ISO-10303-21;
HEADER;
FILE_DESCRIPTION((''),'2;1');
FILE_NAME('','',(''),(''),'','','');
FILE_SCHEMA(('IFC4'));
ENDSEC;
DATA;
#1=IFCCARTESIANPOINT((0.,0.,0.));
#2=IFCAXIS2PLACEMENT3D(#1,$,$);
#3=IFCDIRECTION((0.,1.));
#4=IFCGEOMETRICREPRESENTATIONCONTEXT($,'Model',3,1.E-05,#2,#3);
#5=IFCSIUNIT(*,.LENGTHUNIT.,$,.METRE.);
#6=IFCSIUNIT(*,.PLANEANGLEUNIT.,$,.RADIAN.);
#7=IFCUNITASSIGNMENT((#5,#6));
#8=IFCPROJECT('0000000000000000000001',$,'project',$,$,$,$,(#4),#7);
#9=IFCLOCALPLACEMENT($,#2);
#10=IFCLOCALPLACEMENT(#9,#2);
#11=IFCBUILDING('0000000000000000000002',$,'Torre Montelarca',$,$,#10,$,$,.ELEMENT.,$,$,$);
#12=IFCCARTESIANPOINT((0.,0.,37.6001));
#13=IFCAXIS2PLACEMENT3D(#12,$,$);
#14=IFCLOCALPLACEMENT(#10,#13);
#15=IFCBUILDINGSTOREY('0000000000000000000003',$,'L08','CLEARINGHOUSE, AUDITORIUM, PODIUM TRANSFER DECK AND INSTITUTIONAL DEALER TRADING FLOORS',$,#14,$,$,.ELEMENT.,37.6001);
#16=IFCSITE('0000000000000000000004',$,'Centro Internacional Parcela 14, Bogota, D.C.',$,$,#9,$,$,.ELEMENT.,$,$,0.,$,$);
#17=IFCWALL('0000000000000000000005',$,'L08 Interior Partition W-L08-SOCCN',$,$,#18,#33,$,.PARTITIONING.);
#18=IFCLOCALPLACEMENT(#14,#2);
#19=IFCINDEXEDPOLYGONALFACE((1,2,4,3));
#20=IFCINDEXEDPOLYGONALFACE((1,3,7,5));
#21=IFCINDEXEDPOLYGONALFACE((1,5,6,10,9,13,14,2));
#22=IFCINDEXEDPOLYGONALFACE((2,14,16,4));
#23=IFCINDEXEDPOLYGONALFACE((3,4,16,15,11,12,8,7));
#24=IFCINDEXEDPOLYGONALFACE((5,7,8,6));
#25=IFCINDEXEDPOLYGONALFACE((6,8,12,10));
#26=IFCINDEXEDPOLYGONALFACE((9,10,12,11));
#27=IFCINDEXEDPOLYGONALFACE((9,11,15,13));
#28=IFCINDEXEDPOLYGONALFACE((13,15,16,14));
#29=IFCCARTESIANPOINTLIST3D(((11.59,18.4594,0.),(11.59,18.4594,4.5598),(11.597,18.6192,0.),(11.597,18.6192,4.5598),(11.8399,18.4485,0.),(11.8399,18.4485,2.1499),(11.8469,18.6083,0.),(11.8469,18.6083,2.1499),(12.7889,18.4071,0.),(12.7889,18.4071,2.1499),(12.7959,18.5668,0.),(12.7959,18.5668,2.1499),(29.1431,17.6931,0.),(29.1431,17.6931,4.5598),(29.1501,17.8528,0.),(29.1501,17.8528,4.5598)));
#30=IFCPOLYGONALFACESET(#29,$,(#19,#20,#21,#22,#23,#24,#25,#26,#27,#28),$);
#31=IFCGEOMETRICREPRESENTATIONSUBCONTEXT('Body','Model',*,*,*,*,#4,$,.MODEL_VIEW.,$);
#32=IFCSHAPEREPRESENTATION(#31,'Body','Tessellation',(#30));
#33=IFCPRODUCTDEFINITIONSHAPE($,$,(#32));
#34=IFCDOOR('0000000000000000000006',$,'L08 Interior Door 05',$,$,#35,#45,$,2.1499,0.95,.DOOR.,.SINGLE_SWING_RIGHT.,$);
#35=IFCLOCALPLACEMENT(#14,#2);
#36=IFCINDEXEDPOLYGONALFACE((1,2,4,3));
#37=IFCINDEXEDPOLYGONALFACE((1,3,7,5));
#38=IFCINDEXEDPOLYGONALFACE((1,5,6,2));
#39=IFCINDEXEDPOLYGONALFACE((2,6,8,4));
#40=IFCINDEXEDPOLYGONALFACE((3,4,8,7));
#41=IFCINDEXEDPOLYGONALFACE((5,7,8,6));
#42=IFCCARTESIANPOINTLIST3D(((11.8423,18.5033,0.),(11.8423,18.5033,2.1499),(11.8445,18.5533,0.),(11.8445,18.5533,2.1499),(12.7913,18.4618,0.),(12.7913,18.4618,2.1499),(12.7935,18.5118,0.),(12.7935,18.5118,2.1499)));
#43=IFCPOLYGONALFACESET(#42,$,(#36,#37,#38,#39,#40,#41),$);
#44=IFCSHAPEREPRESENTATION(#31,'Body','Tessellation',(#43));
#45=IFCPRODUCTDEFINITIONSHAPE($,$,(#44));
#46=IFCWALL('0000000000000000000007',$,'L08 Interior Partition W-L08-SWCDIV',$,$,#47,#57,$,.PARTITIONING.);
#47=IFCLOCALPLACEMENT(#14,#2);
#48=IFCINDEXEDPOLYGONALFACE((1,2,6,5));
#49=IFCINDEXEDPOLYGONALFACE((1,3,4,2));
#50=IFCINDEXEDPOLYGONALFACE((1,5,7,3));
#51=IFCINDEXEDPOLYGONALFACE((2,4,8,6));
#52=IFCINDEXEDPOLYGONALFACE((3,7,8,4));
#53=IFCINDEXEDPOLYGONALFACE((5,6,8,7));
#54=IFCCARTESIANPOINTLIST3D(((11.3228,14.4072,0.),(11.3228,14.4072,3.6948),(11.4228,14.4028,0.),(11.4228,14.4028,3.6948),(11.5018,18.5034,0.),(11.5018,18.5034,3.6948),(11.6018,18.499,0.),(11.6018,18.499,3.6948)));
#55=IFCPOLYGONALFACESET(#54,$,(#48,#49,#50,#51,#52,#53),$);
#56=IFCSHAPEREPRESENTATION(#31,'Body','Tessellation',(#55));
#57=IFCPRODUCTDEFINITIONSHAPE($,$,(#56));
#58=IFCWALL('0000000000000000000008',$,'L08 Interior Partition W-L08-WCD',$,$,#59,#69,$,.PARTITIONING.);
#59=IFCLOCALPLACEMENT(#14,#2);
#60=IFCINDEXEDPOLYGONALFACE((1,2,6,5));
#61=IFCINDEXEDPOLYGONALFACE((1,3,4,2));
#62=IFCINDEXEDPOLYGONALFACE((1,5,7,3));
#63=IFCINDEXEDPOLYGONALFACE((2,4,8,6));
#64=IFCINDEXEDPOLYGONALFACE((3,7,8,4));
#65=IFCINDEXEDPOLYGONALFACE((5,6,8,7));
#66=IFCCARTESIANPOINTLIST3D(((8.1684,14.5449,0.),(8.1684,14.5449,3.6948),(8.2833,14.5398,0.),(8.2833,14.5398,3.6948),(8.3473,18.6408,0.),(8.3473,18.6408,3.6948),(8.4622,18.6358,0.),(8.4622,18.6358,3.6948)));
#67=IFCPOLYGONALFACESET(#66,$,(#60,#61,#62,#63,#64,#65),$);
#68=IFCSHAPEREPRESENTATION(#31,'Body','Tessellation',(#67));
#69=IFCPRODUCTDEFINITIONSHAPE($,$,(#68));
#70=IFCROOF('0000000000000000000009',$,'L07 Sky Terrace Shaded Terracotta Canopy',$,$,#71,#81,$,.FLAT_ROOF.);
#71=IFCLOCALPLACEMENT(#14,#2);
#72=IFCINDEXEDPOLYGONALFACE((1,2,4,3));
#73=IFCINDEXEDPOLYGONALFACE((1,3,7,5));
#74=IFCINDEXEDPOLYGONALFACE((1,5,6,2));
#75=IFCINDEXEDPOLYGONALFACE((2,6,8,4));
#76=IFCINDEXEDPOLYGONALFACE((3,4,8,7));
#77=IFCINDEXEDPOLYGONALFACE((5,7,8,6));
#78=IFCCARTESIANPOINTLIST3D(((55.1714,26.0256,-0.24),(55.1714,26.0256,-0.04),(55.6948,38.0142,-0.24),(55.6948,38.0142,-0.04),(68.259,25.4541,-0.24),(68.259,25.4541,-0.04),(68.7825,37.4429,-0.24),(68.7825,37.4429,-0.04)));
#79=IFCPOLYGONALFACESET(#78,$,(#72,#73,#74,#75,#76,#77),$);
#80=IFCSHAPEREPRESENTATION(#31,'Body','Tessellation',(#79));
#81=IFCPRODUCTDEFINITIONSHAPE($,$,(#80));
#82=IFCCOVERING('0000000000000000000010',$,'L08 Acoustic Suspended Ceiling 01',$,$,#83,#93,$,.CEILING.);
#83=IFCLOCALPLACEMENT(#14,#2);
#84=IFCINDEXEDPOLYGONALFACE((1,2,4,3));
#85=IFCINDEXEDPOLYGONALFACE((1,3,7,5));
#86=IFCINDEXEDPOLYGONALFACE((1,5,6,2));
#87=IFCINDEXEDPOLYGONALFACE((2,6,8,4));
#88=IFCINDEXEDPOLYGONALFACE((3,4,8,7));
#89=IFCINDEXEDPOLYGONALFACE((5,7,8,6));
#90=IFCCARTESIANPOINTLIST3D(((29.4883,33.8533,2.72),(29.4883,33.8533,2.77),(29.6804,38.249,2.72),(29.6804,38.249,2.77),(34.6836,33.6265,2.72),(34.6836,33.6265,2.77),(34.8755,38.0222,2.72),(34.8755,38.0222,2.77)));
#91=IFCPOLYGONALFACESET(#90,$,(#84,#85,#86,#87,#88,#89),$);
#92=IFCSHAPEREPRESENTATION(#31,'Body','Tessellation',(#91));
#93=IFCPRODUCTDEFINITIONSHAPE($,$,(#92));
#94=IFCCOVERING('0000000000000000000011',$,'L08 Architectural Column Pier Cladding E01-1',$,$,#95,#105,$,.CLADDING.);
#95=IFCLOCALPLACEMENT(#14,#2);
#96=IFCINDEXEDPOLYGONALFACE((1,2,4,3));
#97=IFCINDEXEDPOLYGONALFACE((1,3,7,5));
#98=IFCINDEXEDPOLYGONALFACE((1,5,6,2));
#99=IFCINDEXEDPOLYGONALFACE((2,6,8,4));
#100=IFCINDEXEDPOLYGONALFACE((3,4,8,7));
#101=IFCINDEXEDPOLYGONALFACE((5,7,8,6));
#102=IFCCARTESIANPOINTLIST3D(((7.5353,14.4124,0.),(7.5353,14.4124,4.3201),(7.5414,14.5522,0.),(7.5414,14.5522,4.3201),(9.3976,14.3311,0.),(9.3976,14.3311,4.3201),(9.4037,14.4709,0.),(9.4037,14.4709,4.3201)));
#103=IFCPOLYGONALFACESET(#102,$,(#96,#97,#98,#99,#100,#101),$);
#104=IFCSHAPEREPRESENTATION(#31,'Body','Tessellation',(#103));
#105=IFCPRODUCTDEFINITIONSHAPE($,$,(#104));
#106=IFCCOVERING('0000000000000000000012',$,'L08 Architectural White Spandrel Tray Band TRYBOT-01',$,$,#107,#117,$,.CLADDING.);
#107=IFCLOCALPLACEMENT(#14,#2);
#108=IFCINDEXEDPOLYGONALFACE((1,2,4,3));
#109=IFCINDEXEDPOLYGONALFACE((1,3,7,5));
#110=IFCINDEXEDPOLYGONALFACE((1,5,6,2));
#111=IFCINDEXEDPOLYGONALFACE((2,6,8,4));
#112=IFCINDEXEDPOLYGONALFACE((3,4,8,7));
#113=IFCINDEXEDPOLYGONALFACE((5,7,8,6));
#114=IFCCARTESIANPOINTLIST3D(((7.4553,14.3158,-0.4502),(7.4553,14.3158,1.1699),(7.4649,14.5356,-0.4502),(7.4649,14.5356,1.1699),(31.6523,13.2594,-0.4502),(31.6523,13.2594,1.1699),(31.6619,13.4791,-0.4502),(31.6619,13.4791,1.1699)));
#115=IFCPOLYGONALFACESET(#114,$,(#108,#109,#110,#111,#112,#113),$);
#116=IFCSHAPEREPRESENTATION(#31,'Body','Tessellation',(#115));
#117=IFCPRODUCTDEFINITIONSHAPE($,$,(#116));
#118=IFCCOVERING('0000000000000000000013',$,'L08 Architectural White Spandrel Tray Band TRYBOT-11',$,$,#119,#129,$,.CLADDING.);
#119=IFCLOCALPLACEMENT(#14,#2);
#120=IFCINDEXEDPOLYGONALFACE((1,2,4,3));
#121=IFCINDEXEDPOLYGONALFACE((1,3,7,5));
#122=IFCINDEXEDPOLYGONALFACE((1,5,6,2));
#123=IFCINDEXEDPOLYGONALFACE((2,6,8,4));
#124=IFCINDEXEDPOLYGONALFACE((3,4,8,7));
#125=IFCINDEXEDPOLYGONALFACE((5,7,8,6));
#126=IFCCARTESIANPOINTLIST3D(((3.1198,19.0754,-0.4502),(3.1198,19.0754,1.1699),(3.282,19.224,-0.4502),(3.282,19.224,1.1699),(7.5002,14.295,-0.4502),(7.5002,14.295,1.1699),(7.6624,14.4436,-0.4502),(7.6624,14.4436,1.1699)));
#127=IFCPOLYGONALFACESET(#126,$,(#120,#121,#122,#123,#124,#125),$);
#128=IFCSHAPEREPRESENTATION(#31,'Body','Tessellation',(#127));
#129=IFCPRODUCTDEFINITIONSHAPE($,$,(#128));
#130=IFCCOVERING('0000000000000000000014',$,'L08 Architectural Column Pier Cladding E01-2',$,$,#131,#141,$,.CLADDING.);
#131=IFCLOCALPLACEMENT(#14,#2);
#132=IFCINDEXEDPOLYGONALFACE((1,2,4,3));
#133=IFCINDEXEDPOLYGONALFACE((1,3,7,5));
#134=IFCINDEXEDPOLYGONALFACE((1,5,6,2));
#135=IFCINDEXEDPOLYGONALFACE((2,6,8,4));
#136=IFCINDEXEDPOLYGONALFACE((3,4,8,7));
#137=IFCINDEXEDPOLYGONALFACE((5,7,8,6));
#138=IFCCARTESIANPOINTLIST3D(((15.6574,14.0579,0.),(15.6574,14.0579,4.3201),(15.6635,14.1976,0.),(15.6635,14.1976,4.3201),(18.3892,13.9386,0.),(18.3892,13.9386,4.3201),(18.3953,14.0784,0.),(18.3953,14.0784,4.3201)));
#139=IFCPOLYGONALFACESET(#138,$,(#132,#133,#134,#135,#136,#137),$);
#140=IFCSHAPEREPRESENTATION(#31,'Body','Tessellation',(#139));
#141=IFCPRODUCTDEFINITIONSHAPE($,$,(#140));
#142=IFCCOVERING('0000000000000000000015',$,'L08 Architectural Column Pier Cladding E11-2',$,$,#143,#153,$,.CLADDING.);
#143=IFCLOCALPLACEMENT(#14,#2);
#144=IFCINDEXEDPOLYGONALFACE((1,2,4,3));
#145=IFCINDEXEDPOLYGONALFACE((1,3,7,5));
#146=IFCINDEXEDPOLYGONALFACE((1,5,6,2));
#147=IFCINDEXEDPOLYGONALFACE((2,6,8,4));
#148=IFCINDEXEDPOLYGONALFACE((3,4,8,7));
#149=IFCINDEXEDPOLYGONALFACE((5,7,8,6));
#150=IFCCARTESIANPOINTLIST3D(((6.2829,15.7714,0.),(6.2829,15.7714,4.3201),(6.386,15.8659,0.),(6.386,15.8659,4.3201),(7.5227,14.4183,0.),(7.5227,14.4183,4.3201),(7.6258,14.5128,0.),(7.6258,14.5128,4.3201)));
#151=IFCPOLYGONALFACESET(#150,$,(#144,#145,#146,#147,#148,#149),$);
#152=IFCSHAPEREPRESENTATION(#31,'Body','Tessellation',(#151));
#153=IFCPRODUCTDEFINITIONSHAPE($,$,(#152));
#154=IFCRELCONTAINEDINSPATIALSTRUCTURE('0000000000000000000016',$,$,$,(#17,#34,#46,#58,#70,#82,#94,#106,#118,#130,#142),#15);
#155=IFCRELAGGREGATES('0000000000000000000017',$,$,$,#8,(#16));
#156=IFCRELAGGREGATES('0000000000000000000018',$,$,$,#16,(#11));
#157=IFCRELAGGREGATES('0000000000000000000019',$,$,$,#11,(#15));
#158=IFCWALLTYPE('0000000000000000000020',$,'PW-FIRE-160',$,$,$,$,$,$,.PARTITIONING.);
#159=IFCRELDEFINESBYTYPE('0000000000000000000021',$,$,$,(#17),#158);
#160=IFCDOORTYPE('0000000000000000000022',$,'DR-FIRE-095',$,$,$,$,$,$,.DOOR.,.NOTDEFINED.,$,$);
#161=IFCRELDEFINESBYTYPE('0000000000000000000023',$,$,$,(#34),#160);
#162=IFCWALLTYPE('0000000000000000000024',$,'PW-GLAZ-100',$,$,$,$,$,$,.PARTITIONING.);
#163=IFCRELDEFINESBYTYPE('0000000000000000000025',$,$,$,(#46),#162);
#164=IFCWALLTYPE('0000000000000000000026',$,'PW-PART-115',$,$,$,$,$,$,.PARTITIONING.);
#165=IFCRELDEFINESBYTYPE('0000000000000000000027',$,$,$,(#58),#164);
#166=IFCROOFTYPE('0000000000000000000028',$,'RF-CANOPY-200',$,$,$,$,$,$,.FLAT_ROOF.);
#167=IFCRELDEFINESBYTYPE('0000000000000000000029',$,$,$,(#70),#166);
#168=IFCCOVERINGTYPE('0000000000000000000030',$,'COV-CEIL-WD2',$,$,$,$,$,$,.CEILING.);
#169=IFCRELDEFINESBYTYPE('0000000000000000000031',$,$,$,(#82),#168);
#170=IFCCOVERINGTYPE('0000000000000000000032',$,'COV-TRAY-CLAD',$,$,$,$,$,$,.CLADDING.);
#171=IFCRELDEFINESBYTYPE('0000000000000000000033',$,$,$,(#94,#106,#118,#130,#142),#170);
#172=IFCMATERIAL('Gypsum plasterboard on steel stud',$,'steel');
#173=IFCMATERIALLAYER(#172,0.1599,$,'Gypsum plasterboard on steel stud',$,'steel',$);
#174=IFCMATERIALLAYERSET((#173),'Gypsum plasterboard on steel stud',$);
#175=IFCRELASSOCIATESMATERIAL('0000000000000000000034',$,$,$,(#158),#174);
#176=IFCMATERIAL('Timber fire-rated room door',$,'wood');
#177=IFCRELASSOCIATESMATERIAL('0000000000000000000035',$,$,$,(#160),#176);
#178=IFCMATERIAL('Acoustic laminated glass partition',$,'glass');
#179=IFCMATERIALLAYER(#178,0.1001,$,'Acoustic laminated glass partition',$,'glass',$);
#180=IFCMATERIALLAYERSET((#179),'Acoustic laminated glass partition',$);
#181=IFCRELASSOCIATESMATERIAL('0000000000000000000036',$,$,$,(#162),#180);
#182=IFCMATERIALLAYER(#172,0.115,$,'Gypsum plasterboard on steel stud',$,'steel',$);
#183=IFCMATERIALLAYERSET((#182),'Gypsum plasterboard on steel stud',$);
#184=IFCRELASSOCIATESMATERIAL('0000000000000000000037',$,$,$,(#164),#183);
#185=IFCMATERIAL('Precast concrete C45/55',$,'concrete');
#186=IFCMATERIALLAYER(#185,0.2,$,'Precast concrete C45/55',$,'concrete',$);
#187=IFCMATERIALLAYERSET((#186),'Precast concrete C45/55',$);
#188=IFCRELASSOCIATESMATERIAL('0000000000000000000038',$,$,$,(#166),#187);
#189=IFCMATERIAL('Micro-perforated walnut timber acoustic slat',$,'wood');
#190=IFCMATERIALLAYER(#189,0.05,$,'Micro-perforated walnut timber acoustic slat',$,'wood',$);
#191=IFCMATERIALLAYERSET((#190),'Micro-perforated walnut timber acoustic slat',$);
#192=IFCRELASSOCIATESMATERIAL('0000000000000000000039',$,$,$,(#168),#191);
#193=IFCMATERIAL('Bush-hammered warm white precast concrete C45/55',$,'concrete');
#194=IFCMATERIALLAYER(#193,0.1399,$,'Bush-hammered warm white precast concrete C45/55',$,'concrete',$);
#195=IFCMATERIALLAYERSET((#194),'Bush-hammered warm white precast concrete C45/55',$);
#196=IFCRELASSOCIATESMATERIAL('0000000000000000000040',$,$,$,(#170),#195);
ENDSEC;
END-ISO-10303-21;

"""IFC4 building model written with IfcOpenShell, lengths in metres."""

from ifc_helpers import new_model, si_unit, direction, frame, frame_2d, origin, origin_2d, place, context, subcontext, project, spatial, polyline, rectangle, outline, extrude, source, transform, mapped, material, layer, layer_set, type_object, element, fill, save


model = new_model("IFC4")

# Units and contexts
model_context = context("Model", 3, precision=1e-05, world=origin(), true_north=direction((0.0, 1.0)))
body_context = subcontext(model_context, "Body", "Model", "MODEL_VIEW")
ifc_project = project(units=[si_unit("LENGTHUNIT", "METRE"), si_unit("PLANEANGLEUNIT", "RADIAN")], contexts=[model_context])

# Site, building, storey
site_placement = place(None, origin())
site = spatial("IfcSite", under=ifc_project, at=site_placement, Name="Centro Internacional Parcela 14, Bogota, D.C.", CompositionType="ELEMENT", RefElevation=0.0)
building_placement = place(site_placement, origin())
building = spatial("IfcBuilding", under=site, at=building_placement, Name="Torre Montelarca", CompositionType="ELEMENT")
storey_placement = place(building_placement, frame((0.0, 0.0, 37.6001)))
storey = spatial("IfcBuildingStorey", under=building, at=storey_placement, Name="L08", Description="CLEARINGHOUSE, AUDITORIUM, PODIUM TRANSFER DECK AND INSTITUTIONAL DEALER TRADING FLOORS", CompositionType="ELEMENT", Elevation=37.6001)

# Wall, opening, door
ifc_material_1 = material(Name="Gypsum plasterboard on steel stud", Category="steel")
ifc_layer_1 = layer(ifc_material_1, 0.1599, Name="Gypsum plasterboard on steel stud", Category="steel")
ifc_layer_set_1 = layer_set([ifc_layer_1], Name="Gypsum plasterboard on steel stud")
wall_type_1 = type_object("IfcWallType", Name="PW-FIRE-160", PredefinedType="PARTITIONING", material=ifc_layer_set_1)
wall_1_placement = place(storey_placement, frame((11.5935, 18.5393, 0.0), z_axis=(0.0, 0.0, 1.0), x_axis=(0.999048, -0.043618, 0.0)))
wall_1 = element("IfcWall", 1, at=wall_1_placement, inside=storey, type_object=wall_type_1, Name="L08 Interior Partition W-L08-SOCCN", PredefinedType="PARTITIONING", context=body_context, shape_type="SweptSolid", body=[
    extrude(rectangle(XDim=17.5698, YDim=0.1599, at=frame_2d((8.7849, 0.0))), origin(), (0.0, 0.0, 1.0), 4.5598),
])
opening_placement = place(wall_1_placement, frame((0.25, 0.0, 0.0)))
opening = element("IfcOpeningElement", 2, at=opening_placement, cuts=wall_1, PredefinedType="OPENING", context=body_context, shape_type="SweptSolid", body=[
    extrude(rectangle(XDim=0.95, YDim=2.1499, at=frame_2d((0.4751, 1.075))), frame((0.0, 0.0898, 0.0), z_axis=(0.0, -1.0, 0.0), x_axis=(1.0, 0.0, 0.0)), (0.0, 0.0, 1.0), 0.1799),
])
ifc_material_2 = material(Name="Timber fire-rated room door", Category="wood")
door_type = type_object("IfcDoorType", Name="DR-FIRE-095", OperationType="NOTDEFINED", PredefinedType="DOOR", material=ifc_material_2)
shared_shape_1 = source(origin(), body_context, "Body", "SweptSolid", [
    extrude(rectangle(XDim=0.95, YDim=2.1499, at=frame_2d((0.4751, 1.075))), frame((0.0, 0.0249, 0.0), z_axis=(0.0, -1.0, 0.0), x_axis=(1.0, 0.0, 0.0)), (0.0, 0.0, 1.0), 0.05),
])
door_placement = place(opening_placement, origin())
door = element("IfcDoor", 3, at=door_placement, inside=storey, type_object=door_type, Name="L08 Interior Door 05", OperationType="SINGLE_SWING_RIGHT", OverallHeight=2.1499, OverallWidth=0.95, PredefinedType="DOOR", context=body_context, shape_type="MappedRepresentation", body=[
    mapped(shared_shape_1, transform((0.0, 0.0, 0.0), scale=1.0)),
])
fill(opening, door)

# Walls
ifc_material_3 = material(Name="Acoustic laminated glass partition", Category="glass")
ifc_layer_2 = layer(ifc_material_3, 0.1001, Name="Acoustic laminated glass partition", Category="glass")
ifc_layer_set_2 = layer_set([ifc_layer_2], Name="Acoustic laminated glass partition")
wall_type_2 = type_object("IfcWallType", Name="PW-GLAZ-100", PredefinedType="PARTITIONING", material=ifc_layer_set_2)
wall_2_placement = place(storey_placement, frame((11.3728, 14.405, 0.0), z_axis=(0.0, 0.0, 1.0), x_axis=(0.043647, 0.999047, 0.0)))
element("IfcWall", 4, at=wall_2_placement, inside=storey, type_object=wall_type_2, Name="L08 Interior Partition W-L08-SWCDIV", PredefinedType="PARTITIONING", context=body_context, shape_type="SweptSolid", body=[
    extrude(rectangle(XDim=4.1001, YDim=0.1001, at=frame_2d((2.05, 0.0))), origin(), (0.0, 0.0, 1.0), 3.6948),
])
ifc_layer_3 = layer(ifc_material_1, 0.115, Name="Gypsum plasterboard on steel stud", Category="steel")
ifc_layer_set_3 = layer_set([ifc_layer_3], Name="Gypsum plasterboard on steel stud")
wall_type_3 = type_object("IfcWallType", Name="PW-PART-115", PredefinedType="PARTITIONING", material=ifc_layer_set_3)
wall_3_placement = place(storey_placement, frame((8.2258, 14.5425, 0.0), z_axis=(0.0, 0.0, 1.0), x_axis=(0.043649, 0.999047, 0.0)))
element("IfcWall", 5, at=wall_3_placement, inside=storey, type_object=wall_type_3, Name="L08 Interior Partition W-L08-WCD", PredefinedType="PARTITIONING", context=body_context, shape_type="SweptSolid", body=[
    extrude(rectangle(XDim=4.0999, YDim=0.115, at=frame_2d((2.0498, 0.0))), origin(), (0.0, 0.0, 1.0), 3.6948),
])

# Roof
ifc_material_4 = material(Name="Precast concrete C45/55", Category="concrete")
ifc_layer_4 = layer(ifc_material_4, 0.2, Name="Precast concrete C45/55", Category="concrete")
ifc_layer_set_4 = layer_set([ifc_layer_4], Name="Precast concrete C45/55")
roof_type = type_object("IfcRoofType", Name="RF-CANOPY-200", PredefinedType="FLAT_ROOF", material=ifc_layer_set_4)
roof_placement = place(storey_placement, frame((0.0, 0.0, -0.24)))
element("IfcRoof", 6, at=roof_placement, inside=storey, type_object=roof_type, Name="L07 Sky Terrace Shaded Terracotta Canopy", PredefinedType="FLAT_ROOF", context=body_context, shape_type="SweptSolid", body=[
    extrude(outline(polyline([(55.1714, 26.0256), (68.259, 25.4541), (68.7825, 37.4429), (55.6948, 38.0142), (55.1714, 26.0256)])), origin(), (0.0, 0.0, 1.0), 0.2),
])

# Coverings
ifc_material_5 = material(Name="Micro-perforated walnut timber acoustic slat", Category="wood")
ifc_layer_5 = layer(ifc_material_5, 0.05, Name="Micro-perforated walnut timber acoustic slat", Category="wood")
ifc_layer_set_5 = layer_set([ifc_layer_5], Name="Micro-perforated walnut timber acoustic slat")
covering_type_1 = type_object("IfcCoveringType", Name="COV-CEIL-WD2", PredefinedType="CEILING", material=ifc_layer_set_5)
covering_1_placement = place(storey_placement, frame((0.0, 0.0, 2.72)))
element("IfcCovering", 7, at=covering_1_placement, inside=storey, type_object=covering_type_1, Name="L08 Acoustic Suspended Ceiling 01", PredefinedType="CEILING", context=body_context, shape_type="SweptSolid", body=[
    extrude(outline(polyline([(29.4883, 33.8533), (34.6836, 33.6265), (34.8755, 38.0222), (29.6804, 38.249), (29.4883, 33.8533)])), origin(), (0.0, 0.0, 1.0), 0.05),
])
ifc_material_6 = material(Name="Bush-hammered warm white precast concrete C45/55", Category="concrete")
ifc_layer_6 = layer(ifc_material_6, 0.1399, Name="Bush-hammered warm white precast concrete C45/55", Category="concrete")
ifc_layer_set_6 = layer_set([ifc_layer_6], Name="Bush-hammered warm white precast concrete C45/55")
covering_type_2 = type_object("IfcCoveringType", Name="COV-TRAY-CLAD", PredefinedType="CLADDING", material=ifc_layer_set_6)
shared_shape_2 = source(origin(), body_context, "Body", "SweptSolid", [
    extrude(rectangle(XDim=1.864, YDim=0.1399, at=origin_2d()), origin(), (0.0, 0.0, 1.0), 4.3201),
])
covering_2_placement = place(storey_placement, frame((8.4695, 14.4417, 0.0), z_axis=(0.0, 0.0, 1.0), x_axis=(0.999048, -0.043619, 0.0)))
element("IfcCovering", 8, at=covering_2_placement, inside=storey, type_object=covering_type_2, Name="L08 Architectural Column Pier Cladding E01-1", PredefinedType="CLADDING", context=body_context, shape_type="MappedRepresentation", body=[
    mapped(shared_shape_2, transform((0.0, 0.0, 0.0), scale=1.0)),
])
shared_shape_3 = source(origin(), body_context, "Body", "SweptSolid", [
    extrude(rectangle(XDim=24.22, YDim=0.22, at=origin_2d()), origin(), (0.0, 0.0, 1.0), 1.6201),
])
covering_3_placement = place(storey_placement, frame((19.5586, 13.8975, -0.4502), z_axis=(0.0, 0.0, 1.0), x_axis=(0.999048, -0.043618, 0.0)))
element("IfcCovering", 9, at=covering_3_placement, inside=storey, type_object=covering_type_2, Name="L08 Architectural White Spandrel Tray Band TRYBOT-01", PredefinedType="CLADDING", context=body_context, shape_type="MappedRepresentation", body=[
    mapped(shared_shape_3, transform((0.0, 0.0, 0.0), scale=1.0)),
])
shared_shape_4 = source(origin(), body_context, "Body", "SweptSolid", [
    extrude(rectangle(XDim=6.4839, YDim=0.22, at=origin_2d()), origin(), (0.0, 0.0, 1.0), 1.6201),
])
covering_4_placement = place(storey_placement, frame((5.3911, 16.7595, -0.4502), z_axis=(0.0, 0.0, 1.0), x_axis=(0.675588, -0.73728, 0.0)))
element("IfcCovering", 10, at=covering_4_placement, inside=storey, type_object=covering_type_2, Name="L08 Architectural White Spandrel Tray Band TRYBOT-11", PredefinedType="CLADDING", context=body_context, shape_type="MappedRepresentation", body=[
    mapped(shared_shape_4, transform((0.0, 0.0, 0.0), scale=1.0)),
])
shared_shape_5 = source(origin(), body_context, "Body", "SweptSolid", [
    extrude(rectangle(XDim=2.7344, YDim=0.1399, at=origin_2d()), origin(), (0.0, 0.0, 1.0), 4.3201),
])
covering_5_placement = place(storey_placement, frame((17.0264, 14.0681, 0.0), z_axis=(0.0, 0.0, 1.0), x_axis=(0.999048, -0.043619, 0.0)))
element("IfcCovering", 11, at=covering_5_placement, inside=storey, type_object=covering_type_2, Name="L08 Architectural Column Pier Cladding E01-2", PredefinedType="CLADDING", context=body_context, shape_type="MappedRepresentation", body=[
    mapped(shared_shape_5, transform((0.0, 0.0, 0.0), scale=1.0)),
])
shared_shape_6 = source(origin(), body_context, "Body", "SweptSolid", [
    extrude(rectangle(XDim=1.8352, YDim=0.1399, at=origin_2d()), origin(), (0.0, 0.0, 1.0), 4.3201),
])
covering_6_placement = place(storey_placement, frame((6.9543, 15.1421, 0.0), z_axis=(0.0, 0.0, 1.0), x_axis=(0.675586, -0.737281, 0.0)))
element("IfcCovering", 12, at=covering_6_placement, inside=storey, type_object=covering_type_2, Name="L08 Architectural Column Pier Cladding E11-2", PredefinedType="CLADDING", context=body_context, shape_type="MappedRepresentation", body=[
    mapped(shared_shape_6, transform((0.0, 0.0, 0.0), scale=1.0)),
])

save(model, "model.ifc")
